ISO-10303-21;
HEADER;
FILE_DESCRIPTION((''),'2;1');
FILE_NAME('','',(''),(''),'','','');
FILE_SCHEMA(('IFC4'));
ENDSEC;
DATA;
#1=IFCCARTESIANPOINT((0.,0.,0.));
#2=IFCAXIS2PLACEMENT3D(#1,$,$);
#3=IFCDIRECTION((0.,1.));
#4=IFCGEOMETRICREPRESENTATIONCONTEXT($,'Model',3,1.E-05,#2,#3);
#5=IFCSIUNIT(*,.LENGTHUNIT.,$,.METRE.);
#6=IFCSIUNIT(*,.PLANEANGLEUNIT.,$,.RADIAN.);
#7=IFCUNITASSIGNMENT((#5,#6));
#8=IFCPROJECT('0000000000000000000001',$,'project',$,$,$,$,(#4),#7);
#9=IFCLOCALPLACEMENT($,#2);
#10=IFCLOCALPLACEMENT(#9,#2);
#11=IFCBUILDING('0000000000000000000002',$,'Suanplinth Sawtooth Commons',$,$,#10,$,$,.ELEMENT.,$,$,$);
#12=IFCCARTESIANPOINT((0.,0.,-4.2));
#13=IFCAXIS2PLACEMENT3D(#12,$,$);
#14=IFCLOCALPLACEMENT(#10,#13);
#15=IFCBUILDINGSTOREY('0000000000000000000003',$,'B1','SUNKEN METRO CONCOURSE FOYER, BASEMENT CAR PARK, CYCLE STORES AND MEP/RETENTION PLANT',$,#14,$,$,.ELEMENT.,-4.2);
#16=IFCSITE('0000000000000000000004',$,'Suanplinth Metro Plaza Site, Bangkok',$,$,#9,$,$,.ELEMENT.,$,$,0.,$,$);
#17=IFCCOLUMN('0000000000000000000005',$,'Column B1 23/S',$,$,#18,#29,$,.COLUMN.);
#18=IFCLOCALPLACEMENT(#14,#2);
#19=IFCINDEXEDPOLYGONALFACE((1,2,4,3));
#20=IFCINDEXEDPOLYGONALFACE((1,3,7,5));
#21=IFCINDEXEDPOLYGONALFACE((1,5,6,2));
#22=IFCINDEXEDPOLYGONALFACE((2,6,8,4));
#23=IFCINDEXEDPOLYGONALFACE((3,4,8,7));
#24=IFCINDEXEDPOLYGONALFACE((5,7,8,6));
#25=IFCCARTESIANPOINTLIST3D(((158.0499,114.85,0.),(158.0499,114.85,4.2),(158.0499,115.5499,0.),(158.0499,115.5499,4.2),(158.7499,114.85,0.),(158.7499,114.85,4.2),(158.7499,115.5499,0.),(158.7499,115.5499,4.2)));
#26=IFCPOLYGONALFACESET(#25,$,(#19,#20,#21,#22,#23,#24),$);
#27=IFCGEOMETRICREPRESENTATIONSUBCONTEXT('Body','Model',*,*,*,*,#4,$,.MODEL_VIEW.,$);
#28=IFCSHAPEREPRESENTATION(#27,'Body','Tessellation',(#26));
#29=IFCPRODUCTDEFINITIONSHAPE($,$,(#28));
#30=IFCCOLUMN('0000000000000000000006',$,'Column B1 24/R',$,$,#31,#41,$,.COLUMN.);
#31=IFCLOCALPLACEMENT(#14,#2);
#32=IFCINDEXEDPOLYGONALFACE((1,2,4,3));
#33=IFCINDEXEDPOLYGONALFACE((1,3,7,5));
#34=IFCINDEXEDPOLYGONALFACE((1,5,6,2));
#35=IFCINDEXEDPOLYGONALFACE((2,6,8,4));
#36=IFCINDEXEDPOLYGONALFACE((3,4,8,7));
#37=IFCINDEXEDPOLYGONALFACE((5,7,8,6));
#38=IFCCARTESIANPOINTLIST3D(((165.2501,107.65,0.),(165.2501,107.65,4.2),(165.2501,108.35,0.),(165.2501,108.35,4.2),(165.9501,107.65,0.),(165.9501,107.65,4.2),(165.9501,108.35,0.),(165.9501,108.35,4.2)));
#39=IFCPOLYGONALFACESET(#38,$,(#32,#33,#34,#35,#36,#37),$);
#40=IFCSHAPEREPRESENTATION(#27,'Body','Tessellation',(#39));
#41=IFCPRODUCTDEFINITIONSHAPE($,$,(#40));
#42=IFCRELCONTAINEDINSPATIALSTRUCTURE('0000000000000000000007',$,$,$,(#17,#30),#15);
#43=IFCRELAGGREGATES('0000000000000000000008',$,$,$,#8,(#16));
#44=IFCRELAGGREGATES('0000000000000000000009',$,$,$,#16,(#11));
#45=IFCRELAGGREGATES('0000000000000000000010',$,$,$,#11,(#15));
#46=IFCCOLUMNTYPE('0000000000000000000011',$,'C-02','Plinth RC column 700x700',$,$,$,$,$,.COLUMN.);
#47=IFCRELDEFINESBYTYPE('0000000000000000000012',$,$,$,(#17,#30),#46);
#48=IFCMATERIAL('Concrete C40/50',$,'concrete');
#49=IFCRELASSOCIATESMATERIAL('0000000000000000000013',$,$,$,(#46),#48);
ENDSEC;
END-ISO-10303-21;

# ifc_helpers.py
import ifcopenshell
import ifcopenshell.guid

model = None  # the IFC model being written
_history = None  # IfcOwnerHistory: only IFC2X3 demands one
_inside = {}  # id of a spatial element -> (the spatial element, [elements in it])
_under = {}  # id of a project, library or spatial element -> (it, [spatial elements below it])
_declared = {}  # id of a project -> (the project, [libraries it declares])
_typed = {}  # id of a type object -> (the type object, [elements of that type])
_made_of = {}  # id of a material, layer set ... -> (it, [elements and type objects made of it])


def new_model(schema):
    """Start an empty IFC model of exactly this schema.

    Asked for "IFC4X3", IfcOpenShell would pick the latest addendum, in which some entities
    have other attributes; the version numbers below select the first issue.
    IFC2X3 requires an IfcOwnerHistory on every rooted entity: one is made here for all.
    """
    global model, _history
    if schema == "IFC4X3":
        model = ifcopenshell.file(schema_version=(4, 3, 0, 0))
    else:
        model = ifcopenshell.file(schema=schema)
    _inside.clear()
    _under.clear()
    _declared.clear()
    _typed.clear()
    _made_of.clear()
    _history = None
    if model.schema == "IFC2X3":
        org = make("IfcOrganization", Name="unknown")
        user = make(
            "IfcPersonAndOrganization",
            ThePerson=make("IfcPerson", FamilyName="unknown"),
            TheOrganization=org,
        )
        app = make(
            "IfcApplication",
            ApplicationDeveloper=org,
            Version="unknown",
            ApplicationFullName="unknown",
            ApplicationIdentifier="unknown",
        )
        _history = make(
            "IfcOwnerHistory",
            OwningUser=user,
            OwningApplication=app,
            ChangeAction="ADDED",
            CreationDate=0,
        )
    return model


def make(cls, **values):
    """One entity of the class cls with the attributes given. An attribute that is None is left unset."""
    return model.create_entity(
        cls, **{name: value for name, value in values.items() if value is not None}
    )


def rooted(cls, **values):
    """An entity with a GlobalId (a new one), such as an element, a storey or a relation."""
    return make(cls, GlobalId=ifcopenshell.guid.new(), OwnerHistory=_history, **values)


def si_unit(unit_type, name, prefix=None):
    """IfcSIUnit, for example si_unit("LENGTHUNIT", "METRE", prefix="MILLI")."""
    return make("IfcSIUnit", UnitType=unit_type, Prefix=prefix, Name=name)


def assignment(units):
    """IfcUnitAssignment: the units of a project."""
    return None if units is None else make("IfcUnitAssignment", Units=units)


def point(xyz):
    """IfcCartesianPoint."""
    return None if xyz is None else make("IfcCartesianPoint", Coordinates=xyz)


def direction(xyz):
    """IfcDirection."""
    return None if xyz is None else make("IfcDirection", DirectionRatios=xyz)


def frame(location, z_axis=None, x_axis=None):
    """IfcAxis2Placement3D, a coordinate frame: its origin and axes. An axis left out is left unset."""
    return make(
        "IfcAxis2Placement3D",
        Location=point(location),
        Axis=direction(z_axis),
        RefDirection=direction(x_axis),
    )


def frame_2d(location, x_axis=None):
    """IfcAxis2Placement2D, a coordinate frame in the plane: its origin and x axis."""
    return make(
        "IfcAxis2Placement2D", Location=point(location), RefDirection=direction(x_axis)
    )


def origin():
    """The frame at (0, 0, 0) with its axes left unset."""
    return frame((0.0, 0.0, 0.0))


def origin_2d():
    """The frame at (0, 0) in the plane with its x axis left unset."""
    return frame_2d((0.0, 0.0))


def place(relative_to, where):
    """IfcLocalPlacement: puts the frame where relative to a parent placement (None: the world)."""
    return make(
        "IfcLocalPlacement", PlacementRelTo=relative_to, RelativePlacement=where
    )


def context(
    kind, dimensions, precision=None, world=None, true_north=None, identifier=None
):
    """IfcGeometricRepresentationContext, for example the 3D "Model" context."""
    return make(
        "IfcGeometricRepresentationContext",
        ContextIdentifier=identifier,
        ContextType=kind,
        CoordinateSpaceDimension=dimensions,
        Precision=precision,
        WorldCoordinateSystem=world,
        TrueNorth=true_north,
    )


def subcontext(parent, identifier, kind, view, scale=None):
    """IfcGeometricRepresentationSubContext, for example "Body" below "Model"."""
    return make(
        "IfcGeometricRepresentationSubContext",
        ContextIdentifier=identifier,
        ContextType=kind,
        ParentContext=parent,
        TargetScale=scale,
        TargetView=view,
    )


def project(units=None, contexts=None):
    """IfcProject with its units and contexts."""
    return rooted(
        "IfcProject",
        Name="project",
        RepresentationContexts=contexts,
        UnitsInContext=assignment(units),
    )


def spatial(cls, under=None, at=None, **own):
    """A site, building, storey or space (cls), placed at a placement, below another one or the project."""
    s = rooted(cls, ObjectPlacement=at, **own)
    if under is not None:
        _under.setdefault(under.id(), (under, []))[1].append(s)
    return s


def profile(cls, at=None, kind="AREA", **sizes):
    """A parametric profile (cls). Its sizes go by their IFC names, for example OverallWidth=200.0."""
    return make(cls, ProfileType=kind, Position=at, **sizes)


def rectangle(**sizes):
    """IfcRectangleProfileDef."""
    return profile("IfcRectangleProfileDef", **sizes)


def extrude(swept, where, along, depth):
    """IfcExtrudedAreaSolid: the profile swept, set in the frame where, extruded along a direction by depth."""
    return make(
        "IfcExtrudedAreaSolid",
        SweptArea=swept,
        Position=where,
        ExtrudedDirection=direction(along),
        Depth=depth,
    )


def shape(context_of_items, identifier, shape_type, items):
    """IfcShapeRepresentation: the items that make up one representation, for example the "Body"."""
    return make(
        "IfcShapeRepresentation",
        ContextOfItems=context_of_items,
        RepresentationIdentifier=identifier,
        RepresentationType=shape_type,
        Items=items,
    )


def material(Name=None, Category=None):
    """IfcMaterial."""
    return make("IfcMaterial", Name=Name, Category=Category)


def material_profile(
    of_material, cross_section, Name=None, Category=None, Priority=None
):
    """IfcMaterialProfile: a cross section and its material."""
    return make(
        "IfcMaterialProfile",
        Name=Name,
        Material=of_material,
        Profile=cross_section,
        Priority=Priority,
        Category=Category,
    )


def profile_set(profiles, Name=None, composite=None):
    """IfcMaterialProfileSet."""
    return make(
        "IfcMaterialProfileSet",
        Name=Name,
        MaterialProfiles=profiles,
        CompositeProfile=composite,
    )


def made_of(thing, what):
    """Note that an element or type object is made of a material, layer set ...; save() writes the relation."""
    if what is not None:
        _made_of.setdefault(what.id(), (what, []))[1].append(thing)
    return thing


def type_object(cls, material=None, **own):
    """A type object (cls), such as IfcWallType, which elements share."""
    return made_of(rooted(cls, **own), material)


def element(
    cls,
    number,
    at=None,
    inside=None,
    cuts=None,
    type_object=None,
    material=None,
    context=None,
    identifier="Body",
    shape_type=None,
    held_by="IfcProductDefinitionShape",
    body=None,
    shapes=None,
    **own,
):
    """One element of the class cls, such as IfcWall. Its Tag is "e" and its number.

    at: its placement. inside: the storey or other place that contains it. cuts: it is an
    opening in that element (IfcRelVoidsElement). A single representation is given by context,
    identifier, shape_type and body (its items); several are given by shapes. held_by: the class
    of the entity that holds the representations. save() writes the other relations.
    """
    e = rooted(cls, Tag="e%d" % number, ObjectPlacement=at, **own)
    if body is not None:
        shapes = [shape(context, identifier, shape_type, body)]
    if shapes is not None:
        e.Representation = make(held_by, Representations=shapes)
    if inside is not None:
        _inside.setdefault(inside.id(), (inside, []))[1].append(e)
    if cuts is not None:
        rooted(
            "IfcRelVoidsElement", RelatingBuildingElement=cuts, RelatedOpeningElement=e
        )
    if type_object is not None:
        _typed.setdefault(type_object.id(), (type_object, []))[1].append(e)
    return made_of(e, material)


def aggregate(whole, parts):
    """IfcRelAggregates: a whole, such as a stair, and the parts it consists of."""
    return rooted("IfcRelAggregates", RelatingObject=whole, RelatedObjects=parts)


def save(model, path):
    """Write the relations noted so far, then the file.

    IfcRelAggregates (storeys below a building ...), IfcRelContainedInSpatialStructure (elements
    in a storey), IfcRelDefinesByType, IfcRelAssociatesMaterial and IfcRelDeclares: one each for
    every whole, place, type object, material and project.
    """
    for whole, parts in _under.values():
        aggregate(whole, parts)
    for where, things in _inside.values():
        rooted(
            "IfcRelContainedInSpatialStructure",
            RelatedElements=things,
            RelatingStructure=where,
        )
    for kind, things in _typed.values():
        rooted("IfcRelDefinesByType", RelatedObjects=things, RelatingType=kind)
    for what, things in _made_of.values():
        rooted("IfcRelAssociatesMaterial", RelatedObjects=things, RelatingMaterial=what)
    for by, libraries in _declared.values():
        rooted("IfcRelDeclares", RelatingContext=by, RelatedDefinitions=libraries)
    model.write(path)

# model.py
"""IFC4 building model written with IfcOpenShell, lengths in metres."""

from ifc_helpers import new_model, si_unit, direction, frame, origin, origin_2d, place, context, subcontext, project, spatial, rectangle, extrude, material, material_profile, profile_set, type_object, element, save


model = new_model("IFC4")

# Units and contexts
model_context = context("Model", 3, precision=1e-05, world=origin(), true_north=direction((0.0, 1.0)))
body_context = subcontext(model_context, "Body", "Model", "MODEL_VIEW")
ifc_project = project(units=[si_unit("LENGTHUNIT", "METRE"), si_unit("PLANEANGLEUNIT", "RADIAN")], contexts=[model_context])

# Site, building, storey
site_placement = place(None, origin())
site = spatial("IfcSite", under=ifc_project, at=site_placement, Name="Suanplinth Metro Plaza Site, Bangkok", CompositionType="ELEMENT", RefElevation=0.0)
building_placement = place(site_placement, origin())
building = spatial("IfcBuilding", under=site, at=building_placement, Name="Suanplinth Sawtooth Commons", CompositionType="ELEMENT")
storey_placement = place(building_placement, frame((0.0, 0.0, -4.2)))
storey = spatial("IfcBuildingStorey", under=building, at=storey_placement, Name="B1", Description="SUNKEN METRO CONCOURSE FOYER, BASEMENT CAR PARK, CYCLE STORES AND MEP/RETENTION PLANT", CompositionType="ELEMENT", Elevation=-4.2)

# Columns
ifc_material_1 = material(Name="Concrete C40/50", Category="concrete")
ifc_material_profile_1 = material_profile(ifc_material_1, rectangle(XDim=0.7, YDim=0.7, at=origin_2d()), Name="RC-COL 700x700")
ifc_profile_set_1 = profile_set([ifc_material_profile_1], Name="Concrete C40/50")
column_type = type_object("IfcColumnType", Name="C-02", Description="Plinth RC column 700x700", PredefinedType="COLUMN", material=ifc_profile_set_1)
for number, where, z_axis, x_axis, name in (
    (1, (158.3999, 115.2, 0.0), (0.0, 0.0, 1.0), (1.0, 0.0, 0.0), "Column B1 23/S"),
    (2, (165.6001, 108.0, 0.0), (0.0, 0.0, 1.0), (1.0, 0.0, 0.0), "Column B1 24/R"),
):
    element("IfcColumn", number, at=place(storey_placement, frame(where, z_axis=z_axis, x_axis=x_axis)), inside=storey, type_object=column_type, Name=name, PredefinedType="COLUMN", context=body_context, shape_type="SweptSolid", body=[
        extrude(rectangle(XDim=0.7, YDim=0.7, at=origin_2d()), origin(), (0.0, 0.0, 1.0), 4.2),
    ])

save(model, "model.ifc")
